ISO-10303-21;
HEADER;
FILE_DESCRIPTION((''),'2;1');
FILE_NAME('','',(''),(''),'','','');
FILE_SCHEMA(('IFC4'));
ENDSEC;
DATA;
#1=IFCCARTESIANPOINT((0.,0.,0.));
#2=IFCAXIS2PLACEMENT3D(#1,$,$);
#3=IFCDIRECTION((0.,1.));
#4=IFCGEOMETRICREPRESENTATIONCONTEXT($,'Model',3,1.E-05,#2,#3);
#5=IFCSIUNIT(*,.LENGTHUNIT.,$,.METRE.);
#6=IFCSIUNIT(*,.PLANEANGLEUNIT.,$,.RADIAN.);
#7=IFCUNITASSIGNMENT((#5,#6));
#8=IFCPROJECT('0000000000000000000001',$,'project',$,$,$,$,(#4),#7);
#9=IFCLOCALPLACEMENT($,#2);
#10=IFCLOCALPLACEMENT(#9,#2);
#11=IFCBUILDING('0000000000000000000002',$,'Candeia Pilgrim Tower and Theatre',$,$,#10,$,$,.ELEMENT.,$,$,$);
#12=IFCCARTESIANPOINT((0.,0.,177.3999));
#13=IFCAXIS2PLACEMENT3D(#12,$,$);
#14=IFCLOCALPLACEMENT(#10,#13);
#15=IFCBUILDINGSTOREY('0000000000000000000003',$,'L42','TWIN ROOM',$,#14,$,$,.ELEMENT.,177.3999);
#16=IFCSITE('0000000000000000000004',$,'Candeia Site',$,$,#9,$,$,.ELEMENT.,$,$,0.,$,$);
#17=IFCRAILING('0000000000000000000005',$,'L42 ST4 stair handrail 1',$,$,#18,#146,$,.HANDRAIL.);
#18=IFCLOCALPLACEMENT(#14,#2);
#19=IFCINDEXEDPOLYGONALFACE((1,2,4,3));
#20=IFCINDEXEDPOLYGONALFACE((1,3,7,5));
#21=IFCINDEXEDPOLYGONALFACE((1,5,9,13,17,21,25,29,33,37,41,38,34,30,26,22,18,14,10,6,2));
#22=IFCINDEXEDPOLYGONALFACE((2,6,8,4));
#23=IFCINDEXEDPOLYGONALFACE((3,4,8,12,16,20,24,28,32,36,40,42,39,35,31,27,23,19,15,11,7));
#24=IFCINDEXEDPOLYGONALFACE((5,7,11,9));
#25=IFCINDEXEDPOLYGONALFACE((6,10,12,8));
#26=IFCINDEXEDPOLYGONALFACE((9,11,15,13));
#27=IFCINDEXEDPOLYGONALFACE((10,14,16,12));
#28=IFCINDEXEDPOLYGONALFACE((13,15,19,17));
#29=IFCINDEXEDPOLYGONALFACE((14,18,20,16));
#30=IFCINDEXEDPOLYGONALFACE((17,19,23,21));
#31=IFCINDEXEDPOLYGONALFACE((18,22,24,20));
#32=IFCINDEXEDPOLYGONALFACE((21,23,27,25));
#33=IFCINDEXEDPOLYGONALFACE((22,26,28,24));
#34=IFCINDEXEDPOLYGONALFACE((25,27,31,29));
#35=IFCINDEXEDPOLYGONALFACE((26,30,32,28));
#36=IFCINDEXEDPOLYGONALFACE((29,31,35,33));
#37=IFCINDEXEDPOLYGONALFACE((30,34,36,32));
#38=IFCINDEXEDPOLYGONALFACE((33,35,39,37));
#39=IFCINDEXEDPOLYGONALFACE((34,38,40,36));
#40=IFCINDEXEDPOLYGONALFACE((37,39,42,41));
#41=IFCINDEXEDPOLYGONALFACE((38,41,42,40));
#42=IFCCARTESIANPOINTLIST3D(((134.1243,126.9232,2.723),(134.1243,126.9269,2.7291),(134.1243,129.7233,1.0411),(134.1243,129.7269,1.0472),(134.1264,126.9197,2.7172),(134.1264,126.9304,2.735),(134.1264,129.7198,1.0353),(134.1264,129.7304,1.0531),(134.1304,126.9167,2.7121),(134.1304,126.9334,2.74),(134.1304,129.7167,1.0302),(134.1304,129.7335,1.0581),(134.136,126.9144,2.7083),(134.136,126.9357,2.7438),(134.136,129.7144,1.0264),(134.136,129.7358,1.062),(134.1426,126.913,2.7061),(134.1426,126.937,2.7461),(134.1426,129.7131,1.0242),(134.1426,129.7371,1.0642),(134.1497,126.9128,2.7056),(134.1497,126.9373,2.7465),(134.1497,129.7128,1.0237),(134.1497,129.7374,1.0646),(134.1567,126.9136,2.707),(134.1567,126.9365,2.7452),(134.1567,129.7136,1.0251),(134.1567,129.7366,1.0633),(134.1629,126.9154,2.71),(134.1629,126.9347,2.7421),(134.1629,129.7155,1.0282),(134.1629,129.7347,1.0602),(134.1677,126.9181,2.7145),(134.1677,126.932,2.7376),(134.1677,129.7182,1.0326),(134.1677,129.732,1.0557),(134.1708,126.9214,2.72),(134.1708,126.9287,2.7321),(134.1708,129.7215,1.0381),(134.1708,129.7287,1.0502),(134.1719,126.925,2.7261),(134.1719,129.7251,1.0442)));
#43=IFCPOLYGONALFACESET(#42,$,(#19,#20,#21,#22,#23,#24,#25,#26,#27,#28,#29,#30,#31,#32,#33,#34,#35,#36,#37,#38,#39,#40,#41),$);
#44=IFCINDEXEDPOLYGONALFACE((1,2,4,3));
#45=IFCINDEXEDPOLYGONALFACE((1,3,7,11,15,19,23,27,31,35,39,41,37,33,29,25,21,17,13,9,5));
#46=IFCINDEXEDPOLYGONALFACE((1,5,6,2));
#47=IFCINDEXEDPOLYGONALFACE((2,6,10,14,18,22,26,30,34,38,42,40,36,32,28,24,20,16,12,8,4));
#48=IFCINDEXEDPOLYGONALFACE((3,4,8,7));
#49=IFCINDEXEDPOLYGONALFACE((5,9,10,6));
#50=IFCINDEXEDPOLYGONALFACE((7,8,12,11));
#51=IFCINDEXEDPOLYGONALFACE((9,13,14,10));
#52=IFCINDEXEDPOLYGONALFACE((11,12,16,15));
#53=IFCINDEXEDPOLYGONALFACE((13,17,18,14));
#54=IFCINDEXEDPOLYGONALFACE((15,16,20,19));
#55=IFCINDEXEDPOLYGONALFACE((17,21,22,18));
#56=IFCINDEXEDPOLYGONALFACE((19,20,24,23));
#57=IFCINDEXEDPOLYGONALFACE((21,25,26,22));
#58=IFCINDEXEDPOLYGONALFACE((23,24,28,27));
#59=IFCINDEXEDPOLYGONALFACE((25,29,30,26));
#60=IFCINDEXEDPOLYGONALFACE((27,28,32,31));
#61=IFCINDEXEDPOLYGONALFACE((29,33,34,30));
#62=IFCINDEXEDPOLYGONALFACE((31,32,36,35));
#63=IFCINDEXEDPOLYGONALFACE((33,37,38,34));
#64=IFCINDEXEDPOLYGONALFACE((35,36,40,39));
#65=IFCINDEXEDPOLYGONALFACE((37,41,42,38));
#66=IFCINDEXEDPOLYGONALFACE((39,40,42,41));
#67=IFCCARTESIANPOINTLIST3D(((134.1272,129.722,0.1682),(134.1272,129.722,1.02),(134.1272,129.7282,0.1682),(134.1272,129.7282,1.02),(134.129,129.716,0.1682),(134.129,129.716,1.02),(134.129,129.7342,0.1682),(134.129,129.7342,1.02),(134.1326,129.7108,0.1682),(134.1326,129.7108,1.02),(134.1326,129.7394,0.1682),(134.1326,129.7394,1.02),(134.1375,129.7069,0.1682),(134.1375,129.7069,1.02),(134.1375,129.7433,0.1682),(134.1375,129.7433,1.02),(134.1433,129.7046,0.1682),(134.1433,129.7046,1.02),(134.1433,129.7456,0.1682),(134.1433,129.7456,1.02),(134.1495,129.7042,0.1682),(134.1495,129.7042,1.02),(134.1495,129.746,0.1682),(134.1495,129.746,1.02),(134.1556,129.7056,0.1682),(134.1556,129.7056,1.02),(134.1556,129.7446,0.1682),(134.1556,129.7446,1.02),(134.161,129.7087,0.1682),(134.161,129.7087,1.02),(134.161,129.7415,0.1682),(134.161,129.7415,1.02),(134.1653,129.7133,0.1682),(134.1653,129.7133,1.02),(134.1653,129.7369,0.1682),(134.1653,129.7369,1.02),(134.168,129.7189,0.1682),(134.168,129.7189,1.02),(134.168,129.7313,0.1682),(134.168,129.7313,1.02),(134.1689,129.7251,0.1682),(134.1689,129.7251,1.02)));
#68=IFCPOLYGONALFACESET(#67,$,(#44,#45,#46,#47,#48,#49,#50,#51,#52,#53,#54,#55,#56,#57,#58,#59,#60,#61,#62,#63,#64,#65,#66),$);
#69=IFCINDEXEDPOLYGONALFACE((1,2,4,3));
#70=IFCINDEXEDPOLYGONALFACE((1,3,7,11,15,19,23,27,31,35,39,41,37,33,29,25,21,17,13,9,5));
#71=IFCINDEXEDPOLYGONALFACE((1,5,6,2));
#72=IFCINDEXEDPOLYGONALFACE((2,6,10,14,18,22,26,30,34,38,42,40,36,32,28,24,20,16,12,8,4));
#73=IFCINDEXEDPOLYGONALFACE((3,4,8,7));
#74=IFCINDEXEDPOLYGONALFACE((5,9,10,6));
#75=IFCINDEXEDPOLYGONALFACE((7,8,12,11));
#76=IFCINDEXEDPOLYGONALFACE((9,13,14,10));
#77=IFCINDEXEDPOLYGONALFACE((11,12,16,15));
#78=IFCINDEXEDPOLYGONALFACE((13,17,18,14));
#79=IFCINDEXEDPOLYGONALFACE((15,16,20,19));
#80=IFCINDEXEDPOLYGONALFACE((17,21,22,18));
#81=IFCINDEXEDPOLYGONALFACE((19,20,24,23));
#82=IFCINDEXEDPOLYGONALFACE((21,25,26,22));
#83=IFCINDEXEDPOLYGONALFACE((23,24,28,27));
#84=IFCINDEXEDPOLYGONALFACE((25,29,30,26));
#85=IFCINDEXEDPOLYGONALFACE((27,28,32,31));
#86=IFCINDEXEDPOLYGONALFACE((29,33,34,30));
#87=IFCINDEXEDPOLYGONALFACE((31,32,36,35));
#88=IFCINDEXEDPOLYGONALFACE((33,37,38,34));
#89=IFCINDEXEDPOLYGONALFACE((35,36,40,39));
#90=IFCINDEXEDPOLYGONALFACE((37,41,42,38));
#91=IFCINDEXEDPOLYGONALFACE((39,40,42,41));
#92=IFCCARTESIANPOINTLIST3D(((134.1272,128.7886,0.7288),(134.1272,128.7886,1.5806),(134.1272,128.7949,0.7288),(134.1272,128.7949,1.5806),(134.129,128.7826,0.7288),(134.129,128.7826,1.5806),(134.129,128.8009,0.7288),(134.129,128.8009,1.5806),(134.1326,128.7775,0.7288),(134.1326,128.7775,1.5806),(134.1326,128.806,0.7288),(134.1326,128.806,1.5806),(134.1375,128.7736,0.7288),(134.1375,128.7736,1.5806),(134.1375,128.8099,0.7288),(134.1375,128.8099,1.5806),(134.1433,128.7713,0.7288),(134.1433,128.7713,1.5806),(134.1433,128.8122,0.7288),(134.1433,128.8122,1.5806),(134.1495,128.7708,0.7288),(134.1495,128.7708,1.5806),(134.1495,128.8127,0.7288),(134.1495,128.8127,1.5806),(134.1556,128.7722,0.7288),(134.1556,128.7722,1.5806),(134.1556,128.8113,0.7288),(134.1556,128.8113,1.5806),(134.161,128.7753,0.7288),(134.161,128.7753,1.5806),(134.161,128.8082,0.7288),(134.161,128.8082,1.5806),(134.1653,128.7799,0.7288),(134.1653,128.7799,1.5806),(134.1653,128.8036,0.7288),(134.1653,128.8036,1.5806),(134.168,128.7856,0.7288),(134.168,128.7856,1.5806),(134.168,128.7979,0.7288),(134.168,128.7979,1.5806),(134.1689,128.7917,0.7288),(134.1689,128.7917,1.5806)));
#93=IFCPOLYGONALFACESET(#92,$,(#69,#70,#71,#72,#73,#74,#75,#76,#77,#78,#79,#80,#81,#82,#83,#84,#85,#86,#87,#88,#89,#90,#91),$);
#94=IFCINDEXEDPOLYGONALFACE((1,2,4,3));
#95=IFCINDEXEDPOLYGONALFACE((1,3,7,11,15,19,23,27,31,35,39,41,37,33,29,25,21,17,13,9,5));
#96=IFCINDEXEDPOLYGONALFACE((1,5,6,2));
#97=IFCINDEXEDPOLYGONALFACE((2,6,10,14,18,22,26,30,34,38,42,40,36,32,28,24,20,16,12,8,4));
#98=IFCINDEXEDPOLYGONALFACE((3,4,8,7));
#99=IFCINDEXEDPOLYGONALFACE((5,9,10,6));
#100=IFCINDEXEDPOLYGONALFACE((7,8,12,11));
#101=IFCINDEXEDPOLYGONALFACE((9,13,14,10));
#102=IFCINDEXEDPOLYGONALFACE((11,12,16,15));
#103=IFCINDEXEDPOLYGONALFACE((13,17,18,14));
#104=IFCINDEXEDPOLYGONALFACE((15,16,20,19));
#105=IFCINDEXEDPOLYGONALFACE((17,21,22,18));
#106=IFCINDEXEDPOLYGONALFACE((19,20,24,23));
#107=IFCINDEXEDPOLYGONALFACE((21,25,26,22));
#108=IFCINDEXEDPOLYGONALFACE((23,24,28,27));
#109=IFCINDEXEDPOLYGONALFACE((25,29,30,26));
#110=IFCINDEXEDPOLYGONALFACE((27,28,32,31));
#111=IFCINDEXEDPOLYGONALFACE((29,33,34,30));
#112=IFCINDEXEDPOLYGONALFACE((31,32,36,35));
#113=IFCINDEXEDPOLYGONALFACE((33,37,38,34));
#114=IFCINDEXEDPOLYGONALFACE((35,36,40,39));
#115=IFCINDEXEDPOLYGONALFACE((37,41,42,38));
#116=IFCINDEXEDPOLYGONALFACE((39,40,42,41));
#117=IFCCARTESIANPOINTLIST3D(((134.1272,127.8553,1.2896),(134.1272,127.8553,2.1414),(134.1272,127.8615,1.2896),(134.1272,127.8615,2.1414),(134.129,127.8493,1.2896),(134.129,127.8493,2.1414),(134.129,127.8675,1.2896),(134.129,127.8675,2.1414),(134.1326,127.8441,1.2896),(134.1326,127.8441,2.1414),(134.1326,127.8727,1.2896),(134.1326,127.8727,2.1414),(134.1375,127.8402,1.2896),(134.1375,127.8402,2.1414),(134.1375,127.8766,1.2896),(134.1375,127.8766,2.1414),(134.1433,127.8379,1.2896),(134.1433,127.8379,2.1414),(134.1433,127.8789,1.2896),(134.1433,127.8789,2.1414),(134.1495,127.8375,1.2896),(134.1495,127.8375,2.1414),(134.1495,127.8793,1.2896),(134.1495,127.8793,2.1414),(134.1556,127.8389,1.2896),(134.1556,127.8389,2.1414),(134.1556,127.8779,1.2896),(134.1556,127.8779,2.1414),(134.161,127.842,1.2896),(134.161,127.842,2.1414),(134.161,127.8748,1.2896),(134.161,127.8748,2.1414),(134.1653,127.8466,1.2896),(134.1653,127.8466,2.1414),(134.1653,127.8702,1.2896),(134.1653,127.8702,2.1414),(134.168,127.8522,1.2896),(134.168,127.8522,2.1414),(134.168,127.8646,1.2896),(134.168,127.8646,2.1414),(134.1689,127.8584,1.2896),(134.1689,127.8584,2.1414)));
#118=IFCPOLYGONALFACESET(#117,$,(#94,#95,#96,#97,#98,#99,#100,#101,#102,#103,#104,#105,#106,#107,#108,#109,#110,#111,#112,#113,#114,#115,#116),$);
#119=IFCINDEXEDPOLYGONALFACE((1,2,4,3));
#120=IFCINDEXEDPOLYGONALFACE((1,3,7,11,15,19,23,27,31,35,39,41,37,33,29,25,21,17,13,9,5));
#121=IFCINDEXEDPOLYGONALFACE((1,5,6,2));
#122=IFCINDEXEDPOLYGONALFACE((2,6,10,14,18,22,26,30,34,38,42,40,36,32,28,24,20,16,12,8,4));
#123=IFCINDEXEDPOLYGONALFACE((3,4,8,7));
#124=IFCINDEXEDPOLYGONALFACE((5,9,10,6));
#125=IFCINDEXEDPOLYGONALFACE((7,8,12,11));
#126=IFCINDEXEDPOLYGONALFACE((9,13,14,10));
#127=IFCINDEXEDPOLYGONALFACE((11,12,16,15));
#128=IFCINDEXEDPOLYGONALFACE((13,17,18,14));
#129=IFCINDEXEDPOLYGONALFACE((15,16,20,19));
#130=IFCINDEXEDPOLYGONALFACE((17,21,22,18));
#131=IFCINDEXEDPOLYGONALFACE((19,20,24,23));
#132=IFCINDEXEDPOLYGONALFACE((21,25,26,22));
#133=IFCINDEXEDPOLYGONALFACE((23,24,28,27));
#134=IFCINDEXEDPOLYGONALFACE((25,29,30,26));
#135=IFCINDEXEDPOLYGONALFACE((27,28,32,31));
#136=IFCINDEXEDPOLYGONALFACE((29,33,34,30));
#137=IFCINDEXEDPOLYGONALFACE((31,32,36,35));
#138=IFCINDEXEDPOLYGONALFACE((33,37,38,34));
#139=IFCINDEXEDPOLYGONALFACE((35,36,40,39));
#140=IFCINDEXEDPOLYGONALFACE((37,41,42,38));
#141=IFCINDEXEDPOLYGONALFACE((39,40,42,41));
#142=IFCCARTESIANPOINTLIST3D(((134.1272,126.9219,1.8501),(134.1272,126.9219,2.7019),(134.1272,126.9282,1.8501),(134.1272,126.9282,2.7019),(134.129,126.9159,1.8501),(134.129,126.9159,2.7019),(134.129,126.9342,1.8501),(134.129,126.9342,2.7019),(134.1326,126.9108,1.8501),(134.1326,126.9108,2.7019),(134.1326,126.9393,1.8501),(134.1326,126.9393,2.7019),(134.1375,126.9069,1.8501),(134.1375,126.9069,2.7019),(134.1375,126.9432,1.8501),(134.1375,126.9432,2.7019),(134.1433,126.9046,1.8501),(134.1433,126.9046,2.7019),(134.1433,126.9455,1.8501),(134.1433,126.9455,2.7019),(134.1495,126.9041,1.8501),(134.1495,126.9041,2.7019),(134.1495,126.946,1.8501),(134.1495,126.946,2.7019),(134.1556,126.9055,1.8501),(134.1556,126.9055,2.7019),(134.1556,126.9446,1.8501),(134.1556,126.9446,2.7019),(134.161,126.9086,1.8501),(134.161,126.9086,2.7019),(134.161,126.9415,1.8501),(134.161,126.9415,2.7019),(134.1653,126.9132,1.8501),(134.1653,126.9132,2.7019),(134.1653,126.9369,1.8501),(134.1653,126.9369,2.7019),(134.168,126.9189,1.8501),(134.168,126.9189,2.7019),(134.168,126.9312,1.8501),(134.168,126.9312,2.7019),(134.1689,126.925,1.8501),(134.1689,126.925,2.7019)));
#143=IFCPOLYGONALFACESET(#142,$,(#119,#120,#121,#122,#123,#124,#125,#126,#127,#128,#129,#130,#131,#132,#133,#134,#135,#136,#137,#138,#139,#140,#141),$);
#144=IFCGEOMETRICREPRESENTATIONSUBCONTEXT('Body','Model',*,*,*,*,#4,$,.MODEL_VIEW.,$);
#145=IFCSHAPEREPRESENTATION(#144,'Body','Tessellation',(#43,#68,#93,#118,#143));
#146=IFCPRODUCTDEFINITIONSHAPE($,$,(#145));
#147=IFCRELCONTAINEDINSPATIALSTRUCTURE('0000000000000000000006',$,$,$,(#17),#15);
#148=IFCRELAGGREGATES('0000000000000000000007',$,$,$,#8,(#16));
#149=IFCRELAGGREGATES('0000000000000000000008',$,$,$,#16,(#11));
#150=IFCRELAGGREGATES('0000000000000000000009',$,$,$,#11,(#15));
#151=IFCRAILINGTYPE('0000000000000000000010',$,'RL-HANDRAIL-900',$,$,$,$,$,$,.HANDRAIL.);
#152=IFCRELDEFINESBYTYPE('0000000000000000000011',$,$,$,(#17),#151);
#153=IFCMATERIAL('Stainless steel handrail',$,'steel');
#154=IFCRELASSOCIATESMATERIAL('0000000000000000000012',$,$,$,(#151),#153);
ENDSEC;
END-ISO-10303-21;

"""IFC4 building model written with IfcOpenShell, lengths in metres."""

from ifc_helpers import new_model, si_unit, direction, frame, origin, origin_2d, place, context, subcontext, project, spatial, circle, extrude, material, type_object, element, save


model = new_model("IFC4")

# Units and contexts
model_context = context("Model", 3, precision=1e-05, world=origin(), true_north=direction((0.0, 1.0)))
body_context = subcontext(model_context, "Body", "Model", "MODEL_VIEW")
ifc_project = project(units=[si_unit("LENGTHUNIT", "METRE"), si_unit("PLANEANGLEUNIT", "RADIAN")], contexts=[model_context])

# Site, building, storey
site_placement = place(None, origin())
site = spatial("IfcSite", under=ifc_project, at=site_placement, Name="Candeia Site", CompositionType="ELEMENT", RefElevation=0.0)
building_placement = place(site_placement, origin())
building = spatial("IfcBuilding", under=site, at=building_placement, Name="Candeia Pilgrim Tower and Theatre", CompositionType="ELEMENT")
storey_placement = place(building_placement, frame((0.0, 0.0, 177.3999)))
storey = spatial("IfcBuildingStorey", under=building, at=storey_placement, Name="L42", Description="TWIN ROOM", CompositionType="ELEMENT", Elevation=177.3999)

# Railing
ifc_material_1 = material(Name="Stainless steel handrail", Category="steel")
railing_type_1 = type_object("IfcRailingType", Name="RL-HANDRAIL-900", PredefinedType="HANDRAIL", material=ifc_material_1)
railing_1_placement = place(storey_placement, frame((134.1479, 129.7251, 0.1682)))
element("IfcRailing", 1, at=railing_1_placement, inside=storey, type_object=railing_type_1, Name="L42 ST4 stair handrail 1", PredefinedType="HANDRAIL", context=body_context, shape_type="SweptSolid", body=[
    extrude(circle(Radius=0.0239, at=origin_2d()), frame((0.0, 0.0, 0.876), z_axis=(0.0, -0.857242, 0.514913), x_axis=(1.0, 0.0, 0.0)), (0.0, 0.0, 1.0), 3.2664),
    extrude(circle(Radius=0.021, at=origin_2d()), origin(), (0.0, 0.0, 1.0), 0.8518),
    extrude(circle(Radius=0.021, at=origin_2d()), frame((0.0, -0.9333, 0.5605)), (0.0, 0.0, 1.0), 0.8518),
    extrude(circle(Radius=0.021, at=origin_2d()), frame((0.0, -1.8667, 1.1213)), (0.0, 0.0, 1.0), 0.8518),
    extrude(circle(Radius=0.021, at=origin_2d()), frame((0.0, -2.8, 1.6819)), (0.0, 0.0, 1.0), 0.8518),
])

save(model, "model.ifc")
